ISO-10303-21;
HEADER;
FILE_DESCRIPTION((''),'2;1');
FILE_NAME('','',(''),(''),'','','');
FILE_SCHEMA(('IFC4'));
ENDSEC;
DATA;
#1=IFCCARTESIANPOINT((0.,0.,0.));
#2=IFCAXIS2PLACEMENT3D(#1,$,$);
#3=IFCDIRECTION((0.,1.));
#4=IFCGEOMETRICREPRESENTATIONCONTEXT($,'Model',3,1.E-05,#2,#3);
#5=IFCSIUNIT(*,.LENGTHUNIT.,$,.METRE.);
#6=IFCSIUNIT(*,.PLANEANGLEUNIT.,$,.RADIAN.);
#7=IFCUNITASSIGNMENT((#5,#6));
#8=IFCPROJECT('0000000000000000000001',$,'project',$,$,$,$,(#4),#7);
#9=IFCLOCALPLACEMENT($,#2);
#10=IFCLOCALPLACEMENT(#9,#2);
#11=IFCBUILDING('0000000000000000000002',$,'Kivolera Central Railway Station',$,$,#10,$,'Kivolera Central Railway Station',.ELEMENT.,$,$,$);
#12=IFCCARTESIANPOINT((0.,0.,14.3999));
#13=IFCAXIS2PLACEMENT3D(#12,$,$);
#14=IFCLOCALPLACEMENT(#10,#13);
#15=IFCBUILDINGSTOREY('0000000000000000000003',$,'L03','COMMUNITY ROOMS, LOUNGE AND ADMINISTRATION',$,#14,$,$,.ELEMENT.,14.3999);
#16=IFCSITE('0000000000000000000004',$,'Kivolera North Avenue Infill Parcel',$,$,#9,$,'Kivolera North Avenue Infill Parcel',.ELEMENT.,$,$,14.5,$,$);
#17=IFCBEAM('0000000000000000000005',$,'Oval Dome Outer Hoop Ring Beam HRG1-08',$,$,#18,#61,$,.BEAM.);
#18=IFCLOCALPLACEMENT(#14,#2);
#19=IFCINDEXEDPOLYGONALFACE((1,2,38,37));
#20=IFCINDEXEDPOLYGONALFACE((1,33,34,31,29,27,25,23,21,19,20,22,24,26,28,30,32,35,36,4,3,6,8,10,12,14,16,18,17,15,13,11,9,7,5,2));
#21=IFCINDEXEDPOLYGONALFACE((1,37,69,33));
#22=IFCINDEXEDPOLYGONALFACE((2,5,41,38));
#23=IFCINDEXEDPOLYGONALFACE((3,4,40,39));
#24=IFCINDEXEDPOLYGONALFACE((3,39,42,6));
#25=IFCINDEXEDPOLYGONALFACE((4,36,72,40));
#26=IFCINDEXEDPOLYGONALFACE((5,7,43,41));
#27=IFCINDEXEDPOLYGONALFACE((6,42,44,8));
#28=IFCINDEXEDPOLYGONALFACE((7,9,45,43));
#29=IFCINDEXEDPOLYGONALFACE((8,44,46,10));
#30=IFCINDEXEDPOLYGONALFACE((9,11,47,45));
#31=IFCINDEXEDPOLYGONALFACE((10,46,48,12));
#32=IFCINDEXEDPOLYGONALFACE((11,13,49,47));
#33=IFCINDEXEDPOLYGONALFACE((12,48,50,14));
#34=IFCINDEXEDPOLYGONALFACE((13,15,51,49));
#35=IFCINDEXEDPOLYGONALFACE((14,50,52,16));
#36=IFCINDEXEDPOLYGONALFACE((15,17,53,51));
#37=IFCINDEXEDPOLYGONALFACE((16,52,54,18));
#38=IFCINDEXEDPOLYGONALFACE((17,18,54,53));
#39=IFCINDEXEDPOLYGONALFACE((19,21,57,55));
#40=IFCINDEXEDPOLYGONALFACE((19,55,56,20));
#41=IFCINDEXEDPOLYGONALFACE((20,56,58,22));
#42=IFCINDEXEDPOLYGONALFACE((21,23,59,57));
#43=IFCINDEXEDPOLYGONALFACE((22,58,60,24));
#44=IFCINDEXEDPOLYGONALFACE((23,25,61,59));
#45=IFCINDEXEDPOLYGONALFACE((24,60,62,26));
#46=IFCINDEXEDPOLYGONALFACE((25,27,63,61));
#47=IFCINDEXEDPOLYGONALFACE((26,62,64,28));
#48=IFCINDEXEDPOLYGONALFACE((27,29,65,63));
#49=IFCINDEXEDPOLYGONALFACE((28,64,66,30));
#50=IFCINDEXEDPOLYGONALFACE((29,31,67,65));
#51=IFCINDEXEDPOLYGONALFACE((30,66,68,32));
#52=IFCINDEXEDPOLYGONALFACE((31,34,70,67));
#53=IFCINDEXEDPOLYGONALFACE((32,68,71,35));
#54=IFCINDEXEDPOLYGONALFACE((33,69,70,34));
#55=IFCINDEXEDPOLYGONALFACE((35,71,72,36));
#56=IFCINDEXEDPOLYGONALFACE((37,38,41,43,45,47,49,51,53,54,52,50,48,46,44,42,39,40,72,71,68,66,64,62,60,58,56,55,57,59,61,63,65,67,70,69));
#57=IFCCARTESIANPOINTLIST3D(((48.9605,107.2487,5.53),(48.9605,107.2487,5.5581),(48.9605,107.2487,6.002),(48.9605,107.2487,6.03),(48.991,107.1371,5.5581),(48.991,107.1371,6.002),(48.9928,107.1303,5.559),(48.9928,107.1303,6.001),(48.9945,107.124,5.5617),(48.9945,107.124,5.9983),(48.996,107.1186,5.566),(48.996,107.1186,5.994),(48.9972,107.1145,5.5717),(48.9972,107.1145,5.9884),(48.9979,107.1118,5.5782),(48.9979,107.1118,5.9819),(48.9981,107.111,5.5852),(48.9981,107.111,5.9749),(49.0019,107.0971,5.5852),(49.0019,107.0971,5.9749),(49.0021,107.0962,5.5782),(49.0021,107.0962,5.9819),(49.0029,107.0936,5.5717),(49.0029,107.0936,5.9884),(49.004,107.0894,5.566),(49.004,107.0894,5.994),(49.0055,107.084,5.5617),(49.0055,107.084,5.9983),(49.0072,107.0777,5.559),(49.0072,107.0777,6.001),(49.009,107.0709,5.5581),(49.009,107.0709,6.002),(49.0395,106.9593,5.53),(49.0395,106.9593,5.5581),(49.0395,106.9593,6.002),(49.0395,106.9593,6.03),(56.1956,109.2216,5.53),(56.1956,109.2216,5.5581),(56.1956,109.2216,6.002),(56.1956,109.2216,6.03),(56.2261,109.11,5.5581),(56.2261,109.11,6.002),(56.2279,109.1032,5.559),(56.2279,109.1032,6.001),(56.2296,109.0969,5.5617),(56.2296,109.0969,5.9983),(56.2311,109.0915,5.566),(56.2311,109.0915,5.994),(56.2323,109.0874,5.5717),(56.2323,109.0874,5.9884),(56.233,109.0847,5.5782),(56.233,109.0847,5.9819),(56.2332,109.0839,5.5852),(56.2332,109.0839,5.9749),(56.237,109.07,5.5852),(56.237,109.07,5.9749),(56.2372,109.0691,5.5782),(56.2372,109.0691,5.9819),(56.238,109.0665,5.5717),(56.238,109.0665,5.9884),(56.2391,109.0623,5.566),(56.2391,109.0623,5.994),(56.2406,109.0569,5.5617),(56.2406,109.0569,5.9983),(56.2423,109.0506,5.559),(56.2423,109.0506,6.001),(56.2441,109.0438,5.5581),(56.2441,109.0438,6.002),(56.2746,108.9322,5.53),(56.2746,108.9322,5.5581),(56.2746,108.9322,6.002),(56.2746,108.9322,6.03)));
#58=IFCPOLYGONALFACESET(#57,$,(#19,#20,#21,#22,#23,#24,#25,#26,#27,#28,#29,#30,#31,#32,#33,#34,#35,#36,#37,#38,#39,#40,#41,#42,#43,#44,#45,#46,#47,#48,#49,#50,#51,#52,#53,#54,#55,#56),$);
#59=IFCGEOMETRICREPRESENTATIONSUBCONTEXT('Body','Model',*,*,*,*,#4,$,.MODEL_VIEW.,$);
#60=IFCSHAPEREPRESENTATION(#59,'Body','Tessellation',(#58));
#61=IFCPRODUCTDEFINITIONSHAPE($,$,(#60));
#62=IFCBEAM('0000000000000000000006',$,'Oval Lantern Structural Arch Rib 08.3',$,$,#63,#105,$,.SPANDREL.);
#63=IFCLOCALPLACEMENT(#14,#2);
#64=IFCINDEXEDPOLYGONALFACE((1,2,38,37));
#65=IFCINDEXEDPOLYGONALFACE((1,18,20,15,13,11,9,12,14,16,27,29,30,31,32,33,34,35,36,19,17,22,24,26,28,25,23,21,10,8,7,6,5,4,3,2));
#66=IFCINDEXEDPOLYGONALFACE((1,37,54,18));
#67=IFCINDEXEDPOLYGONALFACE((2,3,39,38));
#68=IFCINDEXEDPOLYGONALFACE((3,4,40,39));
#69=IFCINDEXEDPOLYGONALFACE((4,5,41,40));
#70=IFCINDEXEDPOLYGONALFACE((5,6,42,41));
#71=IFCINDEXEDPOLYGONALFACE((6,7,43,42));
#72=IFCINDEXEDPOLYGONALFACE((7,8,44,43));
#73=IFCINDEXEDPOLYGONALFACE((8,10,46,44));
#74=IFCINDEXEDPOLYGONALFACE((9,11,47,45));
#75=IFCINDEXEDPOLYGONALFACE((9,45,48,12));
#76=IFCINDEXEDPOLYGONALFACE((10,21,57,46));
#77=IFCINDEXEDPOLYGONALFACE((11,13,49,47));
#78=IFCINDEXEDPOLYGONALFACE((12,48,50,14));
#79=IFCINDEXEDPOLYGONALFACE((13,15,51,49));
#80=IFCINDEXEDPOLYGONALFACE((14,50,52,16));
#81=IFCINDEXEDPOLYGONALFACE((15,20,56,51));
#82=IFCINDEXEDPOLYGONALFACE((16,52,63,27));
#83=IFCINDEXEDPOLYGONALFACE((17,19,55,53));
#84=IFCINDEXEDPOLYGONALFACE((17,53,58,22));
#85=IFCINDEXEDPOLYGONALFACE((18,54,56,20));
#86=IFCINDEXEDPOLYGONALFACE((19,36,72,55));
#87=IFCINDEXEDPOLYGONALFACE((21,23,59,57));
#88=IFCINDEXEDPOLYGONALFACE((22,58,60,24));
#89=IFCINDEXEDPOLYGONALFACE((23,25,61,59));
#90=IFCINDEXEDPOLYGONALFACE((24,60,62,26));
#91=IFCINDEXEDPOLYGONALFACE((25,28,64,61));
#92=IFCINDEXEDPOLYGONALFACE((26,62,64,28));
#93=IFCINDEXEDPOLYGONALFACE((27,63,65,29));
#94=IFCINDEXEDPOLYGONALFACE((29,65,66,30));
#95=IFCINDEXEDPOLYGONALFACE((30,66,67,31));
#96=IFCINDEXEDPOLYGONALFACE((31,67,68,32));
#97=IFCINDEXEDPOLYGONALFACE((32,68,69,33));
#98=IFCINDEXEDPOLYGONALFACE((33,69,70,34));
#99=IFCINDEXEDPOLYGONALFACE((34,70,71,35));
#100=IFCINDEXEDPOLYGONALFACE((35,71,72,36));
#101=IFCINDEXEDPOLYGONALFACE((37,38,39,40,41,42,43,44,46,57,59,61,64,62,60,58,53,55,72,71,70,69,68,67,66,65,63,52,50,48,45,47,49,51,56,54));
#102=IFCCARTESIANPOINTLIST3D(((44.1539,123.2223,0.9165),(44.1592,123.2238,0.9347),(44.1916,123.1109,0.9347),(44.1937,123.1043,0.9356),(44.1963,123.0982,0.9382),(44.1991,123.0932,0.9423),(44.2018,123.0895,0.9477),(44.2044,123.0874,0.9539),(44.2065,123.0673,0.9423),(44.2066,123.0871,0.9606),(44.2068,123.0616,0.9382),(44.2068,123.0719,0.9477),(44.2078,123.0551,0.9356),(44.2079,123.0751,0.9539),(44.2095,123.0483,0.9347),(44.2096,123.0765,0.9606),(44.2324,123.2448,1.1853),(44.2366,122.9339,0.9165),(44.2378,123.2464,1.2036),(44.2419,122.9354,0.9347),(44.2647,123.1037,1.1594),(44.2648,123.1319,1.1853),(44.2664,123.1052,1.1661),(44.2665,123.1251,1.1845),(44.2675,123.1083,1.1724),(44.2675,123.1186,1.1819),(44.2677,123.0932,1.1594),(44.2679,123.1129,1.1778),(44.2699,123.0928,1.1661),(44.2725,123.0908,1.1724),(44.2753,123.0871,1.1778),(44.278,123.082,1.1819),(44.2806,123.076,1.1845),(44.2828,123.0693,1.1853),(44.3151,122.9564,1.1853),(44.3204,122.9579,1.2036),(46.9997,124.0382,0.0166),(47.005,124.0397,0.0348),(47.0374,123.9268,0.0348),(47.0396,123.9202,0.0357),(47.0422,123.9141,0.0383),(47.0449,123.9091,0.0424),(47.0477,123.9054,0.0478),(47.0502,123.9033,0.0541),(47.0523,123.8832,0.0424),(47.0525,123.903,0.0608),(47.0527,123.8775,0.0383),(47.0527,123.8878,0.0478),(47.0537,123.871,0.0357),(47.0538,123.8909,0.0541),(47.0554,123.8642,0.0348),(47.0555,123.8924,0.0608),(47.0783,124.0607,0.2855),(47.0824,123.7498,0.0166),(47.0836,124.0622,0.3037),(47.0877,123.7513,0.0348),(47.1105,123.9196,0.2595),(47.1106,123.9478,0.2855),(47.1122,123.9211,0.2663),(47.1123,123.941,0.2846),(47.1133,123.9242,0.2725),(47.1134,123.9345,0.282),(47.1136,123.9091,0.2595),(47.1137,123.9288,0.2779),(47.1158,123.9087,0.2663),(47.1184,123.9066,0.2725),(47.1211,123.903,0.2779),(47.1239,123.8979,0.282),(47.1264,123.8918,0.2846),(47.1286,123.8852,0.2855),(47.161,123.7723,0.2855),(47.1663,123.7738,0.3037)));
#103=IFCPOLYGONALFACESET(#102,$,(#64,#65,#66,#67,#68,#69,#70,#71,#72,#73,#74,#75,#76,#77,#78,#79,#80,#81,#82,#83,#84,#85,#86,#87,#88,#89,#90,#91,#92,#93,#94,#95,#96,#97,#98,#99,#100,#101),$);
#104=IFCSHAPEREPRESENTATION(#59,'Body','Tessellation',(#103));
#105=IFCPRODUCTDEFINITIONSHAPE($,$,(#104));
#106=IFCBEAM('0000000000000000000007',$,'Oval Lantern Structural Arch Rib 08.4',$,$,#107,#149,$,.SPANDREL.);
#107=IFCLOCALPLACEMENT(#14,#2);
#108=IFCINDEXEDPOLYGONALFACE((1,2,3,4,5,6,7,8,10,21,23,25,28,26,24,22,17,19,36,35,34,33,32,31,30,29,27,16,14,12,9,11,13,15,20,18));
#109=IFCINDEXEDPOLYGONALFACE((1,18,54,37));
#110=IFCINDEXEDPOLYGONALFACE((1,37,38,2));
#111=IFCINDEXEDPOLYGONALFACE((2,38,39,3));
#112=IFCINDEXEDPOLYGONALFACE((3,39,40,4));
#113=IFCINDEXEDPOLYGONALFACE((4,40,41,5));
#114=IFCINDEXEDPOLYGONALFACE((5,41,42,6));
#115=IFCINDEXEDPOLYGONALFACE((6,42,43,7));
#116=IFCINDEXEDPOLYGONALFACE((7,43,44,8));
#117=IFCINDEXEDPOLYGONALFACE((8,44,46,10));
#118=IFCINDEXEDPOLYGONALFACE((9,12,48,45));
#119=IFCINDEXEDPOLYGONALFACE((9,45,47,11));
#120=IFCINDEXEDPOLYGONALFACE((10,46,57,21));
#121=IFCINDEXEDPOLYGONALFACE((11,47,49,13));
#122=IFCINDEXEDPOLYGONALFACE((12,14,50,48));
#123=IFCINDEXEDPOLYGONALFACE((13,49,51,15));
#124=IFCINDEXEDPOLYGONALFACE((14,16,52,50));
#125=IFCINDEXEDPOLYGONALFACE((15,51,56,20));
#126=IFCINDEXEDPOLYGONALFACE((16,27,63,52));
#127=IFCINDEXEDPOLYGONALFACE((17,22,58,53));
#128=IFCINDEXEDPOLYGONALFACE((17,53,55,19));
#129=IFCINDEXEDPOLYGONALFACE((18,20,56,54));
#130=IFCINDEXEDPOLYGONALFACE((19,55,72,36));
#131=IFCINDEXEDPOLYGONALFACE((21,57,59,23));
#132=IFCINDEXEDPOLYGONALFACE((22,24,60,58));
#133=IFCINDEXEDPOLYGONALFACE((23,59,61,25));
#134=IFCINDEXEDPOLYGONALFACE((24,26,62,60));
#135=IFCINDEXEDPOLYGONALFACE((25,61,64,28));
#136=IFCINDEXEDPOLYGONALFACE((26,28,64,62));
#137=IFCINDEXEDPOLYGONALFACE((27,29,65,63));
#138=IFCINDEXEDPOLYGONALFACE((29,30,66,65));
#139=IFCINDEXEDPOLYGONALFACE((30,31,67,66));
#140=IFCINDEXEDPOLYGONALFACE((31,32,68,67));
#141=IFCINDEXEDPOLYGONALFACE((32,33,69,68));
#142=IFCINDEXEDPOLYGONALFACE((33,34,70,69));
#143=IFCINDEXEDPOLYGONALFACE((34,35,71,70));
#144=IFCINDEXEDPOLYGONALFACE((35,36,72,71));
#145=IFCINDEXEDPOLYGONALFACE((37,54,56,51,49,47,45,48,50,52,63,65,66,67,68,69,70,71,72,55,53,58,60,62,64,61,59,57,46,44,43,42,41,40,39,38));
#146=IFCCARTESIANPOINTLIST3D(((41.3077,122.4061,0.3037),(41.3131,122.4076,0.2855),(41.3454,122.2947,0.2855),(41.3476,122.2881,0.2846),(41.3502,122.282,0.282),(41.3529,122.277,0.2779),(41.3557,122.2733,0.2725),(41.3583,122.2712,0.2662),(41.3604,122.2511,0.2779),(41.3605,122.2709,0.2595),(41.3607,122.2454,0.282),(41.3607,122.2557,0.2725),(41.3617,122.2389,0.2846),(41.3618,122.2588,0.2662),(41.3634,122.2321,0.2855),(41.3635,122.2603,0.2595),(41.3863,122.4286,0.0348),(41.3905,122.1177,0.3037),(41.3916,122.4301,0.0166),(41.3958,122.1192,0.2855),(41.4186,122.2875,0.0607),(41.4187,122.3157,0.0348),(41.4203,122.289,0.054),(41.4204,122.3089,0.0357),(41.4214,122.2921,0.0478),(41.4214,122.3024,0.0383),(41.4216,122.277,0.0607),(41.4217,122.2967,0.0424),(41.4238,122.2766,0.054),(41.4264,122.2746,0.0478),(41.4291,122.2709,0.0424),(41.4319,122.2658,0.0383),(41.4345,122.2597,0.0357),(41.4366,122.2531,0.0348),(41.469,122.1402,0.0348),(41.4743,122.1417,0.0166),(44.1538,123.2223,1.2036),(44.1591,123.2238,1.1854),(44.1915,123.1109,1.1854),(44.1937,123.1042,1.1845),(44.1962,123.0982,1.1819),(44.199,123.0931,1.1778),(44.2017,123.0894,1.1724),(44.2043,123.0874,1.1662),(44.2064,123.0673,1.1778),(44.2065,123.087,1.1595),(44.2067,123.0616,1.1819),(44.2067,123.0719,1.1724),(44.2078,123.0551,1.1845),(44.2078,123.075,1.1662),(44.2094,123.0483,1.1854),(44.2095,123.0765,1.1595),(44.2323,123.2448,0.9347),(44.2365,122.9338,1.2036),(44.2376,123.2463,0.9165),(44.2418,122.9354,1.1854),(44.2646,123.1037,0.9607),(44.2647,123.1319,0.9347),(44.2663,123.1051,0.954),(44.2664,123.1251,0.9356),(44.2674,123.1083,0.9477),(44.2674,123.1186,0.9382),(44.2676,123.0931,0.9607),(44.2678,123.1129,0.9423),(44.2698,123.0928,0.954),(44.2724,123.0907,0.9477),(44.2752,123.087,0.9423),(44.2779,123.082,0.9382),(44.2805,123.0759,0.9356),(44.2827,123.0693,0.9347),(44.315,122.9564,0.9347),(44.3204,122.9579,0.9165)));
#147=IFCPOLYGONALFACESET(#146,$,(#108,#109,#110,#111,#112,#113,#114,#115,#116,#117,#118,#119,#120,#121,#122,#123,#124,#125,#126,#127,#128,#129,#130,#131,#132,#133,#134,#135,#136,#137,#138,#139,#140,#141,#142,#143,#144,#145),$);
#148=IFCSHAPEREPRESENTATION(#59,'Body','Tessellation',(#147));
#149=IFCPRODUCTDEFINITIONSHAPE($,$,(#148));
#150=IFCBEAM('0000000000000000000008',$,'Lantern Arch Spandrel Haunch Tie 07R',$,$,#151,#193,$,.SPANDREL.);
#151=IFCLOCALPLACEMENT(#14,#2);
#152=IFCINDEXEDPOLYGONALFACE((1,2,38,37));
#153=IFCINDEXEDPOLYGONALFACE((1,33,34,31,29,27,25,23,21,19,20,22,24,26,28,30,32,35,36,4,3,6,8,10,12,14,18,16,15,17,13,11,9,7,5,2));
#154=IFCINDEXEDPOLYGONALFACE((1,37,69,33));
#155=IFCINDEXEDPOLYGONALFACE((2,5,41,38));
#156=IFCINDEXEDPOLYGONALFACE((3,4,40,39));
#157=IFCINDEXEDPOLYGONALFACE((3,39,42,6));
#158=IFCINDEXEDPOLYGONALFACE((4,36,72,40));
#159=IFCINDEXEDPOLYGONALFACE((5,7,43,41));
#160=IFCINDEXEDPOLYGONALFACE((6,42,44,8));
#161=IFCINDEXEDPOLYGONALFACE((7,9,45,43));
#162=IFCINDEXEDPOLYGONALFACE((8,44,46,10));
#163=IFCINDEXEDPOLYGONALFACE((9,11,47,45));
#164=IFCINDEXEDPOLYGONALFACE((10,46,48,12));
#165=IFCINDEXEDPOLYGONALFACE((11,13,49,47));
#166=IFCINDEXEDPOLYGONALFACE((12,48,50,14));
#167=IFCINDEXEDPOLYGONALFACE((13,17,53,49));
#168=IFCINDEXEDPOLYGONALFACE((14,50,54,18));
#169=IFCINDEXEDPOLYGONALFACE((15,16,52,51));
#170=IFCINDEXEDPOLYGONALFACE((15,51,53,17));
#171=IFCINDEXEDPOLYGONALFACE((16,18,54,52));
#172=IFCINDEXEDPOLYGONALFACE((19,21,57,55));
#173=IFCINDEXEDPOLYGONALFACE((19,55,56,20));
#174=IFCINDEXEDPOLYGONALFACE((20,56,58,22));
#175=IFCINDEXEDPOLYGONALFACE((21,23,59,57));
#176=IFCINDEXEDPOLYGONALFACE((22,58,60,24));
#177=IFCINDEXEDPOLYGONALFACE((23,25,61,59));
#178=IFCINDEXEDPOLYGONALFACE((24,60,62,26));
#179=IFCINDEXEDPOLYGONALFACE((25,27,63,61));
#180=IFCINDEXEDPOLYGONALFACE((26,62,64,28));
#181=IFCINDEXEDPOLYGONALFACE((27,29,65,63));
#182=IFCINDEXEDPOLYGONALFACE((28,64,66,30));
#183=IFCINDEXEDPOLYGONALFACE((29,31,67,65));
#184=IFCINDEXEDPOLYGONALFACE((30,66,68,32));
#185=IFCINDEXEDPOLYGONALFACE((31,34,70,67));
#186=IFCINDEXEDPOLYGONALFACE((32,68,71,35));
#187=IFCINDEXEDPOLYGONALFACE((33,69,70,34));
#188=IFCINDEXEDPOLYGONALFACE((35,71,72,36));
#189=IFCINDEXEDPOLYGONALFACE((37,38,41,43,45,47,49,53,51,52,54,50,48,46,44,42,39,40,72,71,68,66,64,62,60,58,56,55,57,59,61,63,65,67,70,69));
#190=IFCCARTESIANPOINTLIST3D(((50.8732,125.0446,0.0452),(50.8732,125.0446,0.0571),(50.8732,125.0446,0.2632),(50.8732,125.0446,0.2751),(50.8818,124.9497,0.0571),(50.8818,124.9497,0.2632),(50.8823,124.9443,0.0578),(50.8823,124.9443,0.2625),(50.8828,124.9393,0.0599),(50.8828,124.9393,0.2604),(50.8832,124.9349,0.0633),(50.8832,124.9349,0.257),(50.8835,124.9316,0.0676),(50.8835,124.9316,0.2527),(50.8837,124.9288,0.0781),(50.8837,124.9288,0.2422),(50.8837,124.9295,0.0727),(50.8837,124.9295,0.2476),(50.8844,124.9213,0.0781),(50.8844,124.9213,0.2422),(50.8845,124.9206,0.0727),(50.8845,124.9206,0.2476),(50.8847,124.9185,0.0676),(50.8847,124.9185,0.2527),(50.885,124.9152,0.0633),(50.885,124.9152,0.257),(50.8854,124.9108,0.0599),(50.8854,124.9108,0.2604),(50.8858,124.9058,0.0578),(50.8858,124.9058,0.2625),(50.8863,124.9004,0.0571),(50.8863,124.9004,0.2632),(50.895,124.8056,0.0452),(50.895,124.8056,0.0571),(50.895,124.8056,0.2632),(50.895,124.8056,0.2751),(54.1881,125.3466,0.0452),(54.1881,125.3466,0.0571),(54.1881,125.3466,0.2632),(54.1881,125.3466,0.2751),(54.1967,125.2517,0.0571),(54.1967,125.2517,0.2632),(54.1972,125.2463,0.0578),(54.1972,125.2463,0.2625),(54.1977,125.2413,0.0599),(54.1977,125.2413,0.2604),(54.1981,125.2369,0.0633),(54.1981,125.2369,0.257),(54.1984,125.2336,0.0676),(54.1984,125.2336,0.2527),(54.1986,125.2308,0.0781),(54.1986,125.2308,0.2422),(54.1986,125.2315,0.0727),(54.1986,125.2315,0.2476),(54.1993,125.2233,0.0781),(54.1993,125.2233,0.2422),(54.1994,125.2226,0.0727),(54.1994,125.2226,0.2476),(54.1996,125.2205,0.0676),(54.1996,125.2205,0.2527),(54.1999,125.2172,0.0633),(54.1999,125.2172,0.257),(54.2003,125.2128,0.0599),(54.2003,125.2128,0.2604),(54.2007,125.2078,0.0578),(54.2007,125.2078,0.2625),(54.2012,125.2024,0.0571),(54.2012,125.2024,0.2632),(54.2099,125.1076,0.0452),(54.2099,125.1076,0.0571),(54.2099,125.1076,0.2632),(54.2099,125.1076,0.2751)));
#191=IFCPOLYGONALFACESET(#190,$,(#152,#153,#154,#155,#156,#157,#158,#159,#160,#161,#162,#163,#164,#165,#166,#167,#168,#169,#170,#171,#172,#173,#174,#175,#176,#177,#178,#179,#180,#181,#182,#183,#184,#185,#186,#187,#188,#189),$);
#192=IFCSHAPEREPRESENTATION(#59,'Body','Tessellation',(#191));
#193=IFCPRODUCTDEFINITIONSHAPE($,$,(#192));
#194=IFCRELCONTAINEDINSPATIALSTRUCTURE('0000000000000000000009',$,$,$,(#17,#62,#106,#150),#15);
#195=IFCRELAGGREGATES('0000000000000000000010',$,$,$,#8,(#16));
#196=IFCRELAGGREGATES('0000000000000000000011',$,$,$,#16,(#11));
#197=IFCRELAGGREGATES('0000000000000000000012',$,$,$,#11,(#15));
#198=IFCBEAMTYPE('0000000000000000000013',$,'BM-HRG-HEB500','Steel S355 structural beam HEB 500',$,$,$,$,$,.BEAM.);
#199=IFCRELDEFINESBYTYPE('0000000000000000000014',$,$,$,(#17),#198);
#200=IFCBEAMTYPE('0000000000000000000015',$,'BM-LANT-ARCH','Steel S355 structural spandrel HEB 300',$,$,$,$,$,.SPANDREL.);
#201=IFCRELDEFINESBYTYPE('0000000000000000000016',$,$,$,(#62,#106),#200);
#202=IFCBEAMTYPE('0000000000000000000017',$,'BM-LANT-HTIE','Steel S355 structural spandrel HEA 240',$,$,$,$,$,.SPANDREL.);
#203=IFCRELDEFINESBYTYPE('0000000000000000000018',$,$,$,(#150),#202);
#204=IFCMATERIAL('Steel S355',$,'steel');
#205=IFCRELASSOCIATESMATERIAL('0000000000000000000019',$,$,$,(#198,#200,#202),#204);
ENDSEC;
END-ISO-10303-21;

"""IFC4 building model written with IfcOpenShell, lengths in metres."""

from ifc_helpers import new_model, si_unit, direction, frame, origin, origin_2d, place, context, subcontext, project, spatial, i_section, extrude, material, material_profile, profile_set, type_object, element, save


model = new_model("IFC4")

# Units and contexts
model_context = context("Model", 3, precision=1e-05, world=origin(), true_north=direction((0.0, 1.0)))
body_context = subcontext(model_context, "Body", "Model", "MODEL_VIEW")
ifc_project = project(units=[si_unit("LENGTHUNIT", "METRE"), si_unit("PLANEANGLEUNIT", "RADIAN")], contexts=[model_context])

# Site, building, storey
site_placement = place(None, origin())
site = spatial("IfcSite", under=ifc_project, at=site_placement, Name="Kivolera North Avenue Infill Parcel", LongName="Kivolera North Avenue Infill Parcel", CompositionType="ELEMENT", RefElevation=14.5)
building_placement = place(site_placement, origin())
building = spatial("IfcBuilding", under=site, at=building_placement, Name="Kivolera Central Railway Station", LongName="Kivolera Central Railway Station", CompositionType="ELEMENT")
storey_placement = place(building_placement, frame((0.0, 0.0, 14.3999)))
storey = spatial("IfcBuildingStorey", under=building, at=storey_placement, Name="L03", Description="COMMUNITY ROOMS, LOUNGE AND ADMINISTRATION", CompositionType="ELEMENT", Elevation=14.3999)

# Beams
ifc_material_1 = material(Name="Steel S355", Category="steel")
ifc_material_profile_1 = material_profile(ifc_material_1, i_section(OverallWidth=0.3, OverallDepth=0.5, WebThickness=0.0144, FlangeThickness=0.0281, FilletRadius=0.0271, at=origin_2d()), Name="HEB 500")
ifc_profile_set_1 = profile_set([ifc_material_profile_1], Name="Steel S355")
beam_type_1 = type_object("IfcBeamType", Name="BM-HRG-HEB500", Description="Steel S355 structural beam HEB 500", PredefinedType="BEAM", material=ifc_profile_set_1)
beam_1_placement = place(storey_placement, frame((56.2351, 109.0769, 5.78), z_axis=(-0.964774, -0.263079, 0.0), x_axis=(0.263079, -0.964774, 0.0)))
element("IfcBeam", 1, at=beam_1_placement, inside=storey, type_object=beam_type_1, Name="Oval Dome Outer Hoop Ring Beam HRG1-08", PredefinedType="BEAM", context=body_context, shape_type="SweptSolid", body=[
    extrude(i_section(OverallWidth=0.3, OverallDepth=0.5, WebThickness=0.0144, FlangeThickness=0.0281, FilletRadius=0.0271, at=origin_2d()), origin(), (0.0, 0.0, 1.0), 7.4993),
])
ifc_material_profile_2 = material_profile(ifc_material_1, i_section(OverallWidth=0.3, OverallDepth=0.3, WebThickness=0.011, FlangeThickness=0.019, FilletRadius=0.0271, at=origin_2d()), Name="HEB 300")
ifc_profile_set_2 = profile_set([ifc_material_profile_2], Name="Steel S355")
beam_type_2 = type_object("IfcBeamType", Name="BM-LANT-ARCH", Description="Steel S355 structural spandrel HEB 300", PredefinedType="SPANDREL", material=ifc_profile_set_2)
beam_2_placement = place(storey_placement, frame((47.083, 123.906, 0.1602), z_axis=(-0.919726, -0.26368, 0.290822), x_axis=(0.275592, -0.961275, 0.0)))
element("IfcBeam", 2, at=beam_2_placement, inside=storey, type_object=beam_type_2, Name="Oval Lantern Structural Arch Rib 08.3", PredefinedType="SPANDREL", context=body_context, shape_type="SweptSolid", body=[
    extrude(i_section(OverallWidth=0.3, OverallDepth=0.3, WebThickness=0.011, FlangeThickness=0.019, FilletRadius=0.0271, at=origin_2d()), origin(), (0.0, 0.0, 1.0), 3.0942),
])
beam_3_placement = place(storey_placement, frame((44.2371, 123.0901, 1.0601), z_axis=(-0.919707, -0.263754, -0.290816), x_axis=(0.275669, -0.961253, 0.0)))
element("IfcBeam", 3, at=beam_3_placement, inside=storey, type_object=beam_type_2, Name="Oval Lantern Structural Arch Rib 08.4", PredefinedType="SPANDREL", context=body_context, shape_type="SweptSolid", body=[
    extrude(i_section(OverallWidth=0.3, OverallDepth=0.3, WebThickness=0.011, FlangeThickness=0.019, FilletRadius=0.0271, at=origin_2d()), origin(), (0.0, 0.0, 1.0), 3.0945),
])
ifc_material_profile_3 = material_profile(ifc_material_1, i_section(OverallWidth=0.24, OverallDepth=0.23, WebThickness=0.0076, FlangeThickness=0.012, FilletRadius=0.021, at=origin_2d()), Name="HEA 240")
ifc_profile_set_3 = profile_set([ifc_material_profile_3], Name="Steel S355")
beam_type_3 = type_object("IfcBeamType", Name="BM-LANT-HTIE", Description="Steel S355 structural spandrel HEA 240", PredefinedType="SPANDREL", material=ifc_profile_set_3)
beam_4_placement = place(storey_placement, frame((54.199, 125.2271, 0.1602), z_axis=(-0.995876, -0.090728, 0.0), x_axis=(0.090728, -0.995876, 0.0)))
element("IfcBeam", 4, at=beam_4_placement, inside=storey, type_object=beam_type_3, Name="Lantern Arch Spandrel Haunch Tie 07R", PredefinedType="SPANDREL", context=body_context, shape_type="SweptSolid", body=[
    extrude(i_section(OverallWidth=0.24, OverallDepth=0.23, WebThickness=0.0076, FlangeThickness=0.012, FilletRadius=0.021, at=origin_2d()), origin(), (0.0, 0.0, 1.0), 3.3286),
])

save(model, "model.ifc")
